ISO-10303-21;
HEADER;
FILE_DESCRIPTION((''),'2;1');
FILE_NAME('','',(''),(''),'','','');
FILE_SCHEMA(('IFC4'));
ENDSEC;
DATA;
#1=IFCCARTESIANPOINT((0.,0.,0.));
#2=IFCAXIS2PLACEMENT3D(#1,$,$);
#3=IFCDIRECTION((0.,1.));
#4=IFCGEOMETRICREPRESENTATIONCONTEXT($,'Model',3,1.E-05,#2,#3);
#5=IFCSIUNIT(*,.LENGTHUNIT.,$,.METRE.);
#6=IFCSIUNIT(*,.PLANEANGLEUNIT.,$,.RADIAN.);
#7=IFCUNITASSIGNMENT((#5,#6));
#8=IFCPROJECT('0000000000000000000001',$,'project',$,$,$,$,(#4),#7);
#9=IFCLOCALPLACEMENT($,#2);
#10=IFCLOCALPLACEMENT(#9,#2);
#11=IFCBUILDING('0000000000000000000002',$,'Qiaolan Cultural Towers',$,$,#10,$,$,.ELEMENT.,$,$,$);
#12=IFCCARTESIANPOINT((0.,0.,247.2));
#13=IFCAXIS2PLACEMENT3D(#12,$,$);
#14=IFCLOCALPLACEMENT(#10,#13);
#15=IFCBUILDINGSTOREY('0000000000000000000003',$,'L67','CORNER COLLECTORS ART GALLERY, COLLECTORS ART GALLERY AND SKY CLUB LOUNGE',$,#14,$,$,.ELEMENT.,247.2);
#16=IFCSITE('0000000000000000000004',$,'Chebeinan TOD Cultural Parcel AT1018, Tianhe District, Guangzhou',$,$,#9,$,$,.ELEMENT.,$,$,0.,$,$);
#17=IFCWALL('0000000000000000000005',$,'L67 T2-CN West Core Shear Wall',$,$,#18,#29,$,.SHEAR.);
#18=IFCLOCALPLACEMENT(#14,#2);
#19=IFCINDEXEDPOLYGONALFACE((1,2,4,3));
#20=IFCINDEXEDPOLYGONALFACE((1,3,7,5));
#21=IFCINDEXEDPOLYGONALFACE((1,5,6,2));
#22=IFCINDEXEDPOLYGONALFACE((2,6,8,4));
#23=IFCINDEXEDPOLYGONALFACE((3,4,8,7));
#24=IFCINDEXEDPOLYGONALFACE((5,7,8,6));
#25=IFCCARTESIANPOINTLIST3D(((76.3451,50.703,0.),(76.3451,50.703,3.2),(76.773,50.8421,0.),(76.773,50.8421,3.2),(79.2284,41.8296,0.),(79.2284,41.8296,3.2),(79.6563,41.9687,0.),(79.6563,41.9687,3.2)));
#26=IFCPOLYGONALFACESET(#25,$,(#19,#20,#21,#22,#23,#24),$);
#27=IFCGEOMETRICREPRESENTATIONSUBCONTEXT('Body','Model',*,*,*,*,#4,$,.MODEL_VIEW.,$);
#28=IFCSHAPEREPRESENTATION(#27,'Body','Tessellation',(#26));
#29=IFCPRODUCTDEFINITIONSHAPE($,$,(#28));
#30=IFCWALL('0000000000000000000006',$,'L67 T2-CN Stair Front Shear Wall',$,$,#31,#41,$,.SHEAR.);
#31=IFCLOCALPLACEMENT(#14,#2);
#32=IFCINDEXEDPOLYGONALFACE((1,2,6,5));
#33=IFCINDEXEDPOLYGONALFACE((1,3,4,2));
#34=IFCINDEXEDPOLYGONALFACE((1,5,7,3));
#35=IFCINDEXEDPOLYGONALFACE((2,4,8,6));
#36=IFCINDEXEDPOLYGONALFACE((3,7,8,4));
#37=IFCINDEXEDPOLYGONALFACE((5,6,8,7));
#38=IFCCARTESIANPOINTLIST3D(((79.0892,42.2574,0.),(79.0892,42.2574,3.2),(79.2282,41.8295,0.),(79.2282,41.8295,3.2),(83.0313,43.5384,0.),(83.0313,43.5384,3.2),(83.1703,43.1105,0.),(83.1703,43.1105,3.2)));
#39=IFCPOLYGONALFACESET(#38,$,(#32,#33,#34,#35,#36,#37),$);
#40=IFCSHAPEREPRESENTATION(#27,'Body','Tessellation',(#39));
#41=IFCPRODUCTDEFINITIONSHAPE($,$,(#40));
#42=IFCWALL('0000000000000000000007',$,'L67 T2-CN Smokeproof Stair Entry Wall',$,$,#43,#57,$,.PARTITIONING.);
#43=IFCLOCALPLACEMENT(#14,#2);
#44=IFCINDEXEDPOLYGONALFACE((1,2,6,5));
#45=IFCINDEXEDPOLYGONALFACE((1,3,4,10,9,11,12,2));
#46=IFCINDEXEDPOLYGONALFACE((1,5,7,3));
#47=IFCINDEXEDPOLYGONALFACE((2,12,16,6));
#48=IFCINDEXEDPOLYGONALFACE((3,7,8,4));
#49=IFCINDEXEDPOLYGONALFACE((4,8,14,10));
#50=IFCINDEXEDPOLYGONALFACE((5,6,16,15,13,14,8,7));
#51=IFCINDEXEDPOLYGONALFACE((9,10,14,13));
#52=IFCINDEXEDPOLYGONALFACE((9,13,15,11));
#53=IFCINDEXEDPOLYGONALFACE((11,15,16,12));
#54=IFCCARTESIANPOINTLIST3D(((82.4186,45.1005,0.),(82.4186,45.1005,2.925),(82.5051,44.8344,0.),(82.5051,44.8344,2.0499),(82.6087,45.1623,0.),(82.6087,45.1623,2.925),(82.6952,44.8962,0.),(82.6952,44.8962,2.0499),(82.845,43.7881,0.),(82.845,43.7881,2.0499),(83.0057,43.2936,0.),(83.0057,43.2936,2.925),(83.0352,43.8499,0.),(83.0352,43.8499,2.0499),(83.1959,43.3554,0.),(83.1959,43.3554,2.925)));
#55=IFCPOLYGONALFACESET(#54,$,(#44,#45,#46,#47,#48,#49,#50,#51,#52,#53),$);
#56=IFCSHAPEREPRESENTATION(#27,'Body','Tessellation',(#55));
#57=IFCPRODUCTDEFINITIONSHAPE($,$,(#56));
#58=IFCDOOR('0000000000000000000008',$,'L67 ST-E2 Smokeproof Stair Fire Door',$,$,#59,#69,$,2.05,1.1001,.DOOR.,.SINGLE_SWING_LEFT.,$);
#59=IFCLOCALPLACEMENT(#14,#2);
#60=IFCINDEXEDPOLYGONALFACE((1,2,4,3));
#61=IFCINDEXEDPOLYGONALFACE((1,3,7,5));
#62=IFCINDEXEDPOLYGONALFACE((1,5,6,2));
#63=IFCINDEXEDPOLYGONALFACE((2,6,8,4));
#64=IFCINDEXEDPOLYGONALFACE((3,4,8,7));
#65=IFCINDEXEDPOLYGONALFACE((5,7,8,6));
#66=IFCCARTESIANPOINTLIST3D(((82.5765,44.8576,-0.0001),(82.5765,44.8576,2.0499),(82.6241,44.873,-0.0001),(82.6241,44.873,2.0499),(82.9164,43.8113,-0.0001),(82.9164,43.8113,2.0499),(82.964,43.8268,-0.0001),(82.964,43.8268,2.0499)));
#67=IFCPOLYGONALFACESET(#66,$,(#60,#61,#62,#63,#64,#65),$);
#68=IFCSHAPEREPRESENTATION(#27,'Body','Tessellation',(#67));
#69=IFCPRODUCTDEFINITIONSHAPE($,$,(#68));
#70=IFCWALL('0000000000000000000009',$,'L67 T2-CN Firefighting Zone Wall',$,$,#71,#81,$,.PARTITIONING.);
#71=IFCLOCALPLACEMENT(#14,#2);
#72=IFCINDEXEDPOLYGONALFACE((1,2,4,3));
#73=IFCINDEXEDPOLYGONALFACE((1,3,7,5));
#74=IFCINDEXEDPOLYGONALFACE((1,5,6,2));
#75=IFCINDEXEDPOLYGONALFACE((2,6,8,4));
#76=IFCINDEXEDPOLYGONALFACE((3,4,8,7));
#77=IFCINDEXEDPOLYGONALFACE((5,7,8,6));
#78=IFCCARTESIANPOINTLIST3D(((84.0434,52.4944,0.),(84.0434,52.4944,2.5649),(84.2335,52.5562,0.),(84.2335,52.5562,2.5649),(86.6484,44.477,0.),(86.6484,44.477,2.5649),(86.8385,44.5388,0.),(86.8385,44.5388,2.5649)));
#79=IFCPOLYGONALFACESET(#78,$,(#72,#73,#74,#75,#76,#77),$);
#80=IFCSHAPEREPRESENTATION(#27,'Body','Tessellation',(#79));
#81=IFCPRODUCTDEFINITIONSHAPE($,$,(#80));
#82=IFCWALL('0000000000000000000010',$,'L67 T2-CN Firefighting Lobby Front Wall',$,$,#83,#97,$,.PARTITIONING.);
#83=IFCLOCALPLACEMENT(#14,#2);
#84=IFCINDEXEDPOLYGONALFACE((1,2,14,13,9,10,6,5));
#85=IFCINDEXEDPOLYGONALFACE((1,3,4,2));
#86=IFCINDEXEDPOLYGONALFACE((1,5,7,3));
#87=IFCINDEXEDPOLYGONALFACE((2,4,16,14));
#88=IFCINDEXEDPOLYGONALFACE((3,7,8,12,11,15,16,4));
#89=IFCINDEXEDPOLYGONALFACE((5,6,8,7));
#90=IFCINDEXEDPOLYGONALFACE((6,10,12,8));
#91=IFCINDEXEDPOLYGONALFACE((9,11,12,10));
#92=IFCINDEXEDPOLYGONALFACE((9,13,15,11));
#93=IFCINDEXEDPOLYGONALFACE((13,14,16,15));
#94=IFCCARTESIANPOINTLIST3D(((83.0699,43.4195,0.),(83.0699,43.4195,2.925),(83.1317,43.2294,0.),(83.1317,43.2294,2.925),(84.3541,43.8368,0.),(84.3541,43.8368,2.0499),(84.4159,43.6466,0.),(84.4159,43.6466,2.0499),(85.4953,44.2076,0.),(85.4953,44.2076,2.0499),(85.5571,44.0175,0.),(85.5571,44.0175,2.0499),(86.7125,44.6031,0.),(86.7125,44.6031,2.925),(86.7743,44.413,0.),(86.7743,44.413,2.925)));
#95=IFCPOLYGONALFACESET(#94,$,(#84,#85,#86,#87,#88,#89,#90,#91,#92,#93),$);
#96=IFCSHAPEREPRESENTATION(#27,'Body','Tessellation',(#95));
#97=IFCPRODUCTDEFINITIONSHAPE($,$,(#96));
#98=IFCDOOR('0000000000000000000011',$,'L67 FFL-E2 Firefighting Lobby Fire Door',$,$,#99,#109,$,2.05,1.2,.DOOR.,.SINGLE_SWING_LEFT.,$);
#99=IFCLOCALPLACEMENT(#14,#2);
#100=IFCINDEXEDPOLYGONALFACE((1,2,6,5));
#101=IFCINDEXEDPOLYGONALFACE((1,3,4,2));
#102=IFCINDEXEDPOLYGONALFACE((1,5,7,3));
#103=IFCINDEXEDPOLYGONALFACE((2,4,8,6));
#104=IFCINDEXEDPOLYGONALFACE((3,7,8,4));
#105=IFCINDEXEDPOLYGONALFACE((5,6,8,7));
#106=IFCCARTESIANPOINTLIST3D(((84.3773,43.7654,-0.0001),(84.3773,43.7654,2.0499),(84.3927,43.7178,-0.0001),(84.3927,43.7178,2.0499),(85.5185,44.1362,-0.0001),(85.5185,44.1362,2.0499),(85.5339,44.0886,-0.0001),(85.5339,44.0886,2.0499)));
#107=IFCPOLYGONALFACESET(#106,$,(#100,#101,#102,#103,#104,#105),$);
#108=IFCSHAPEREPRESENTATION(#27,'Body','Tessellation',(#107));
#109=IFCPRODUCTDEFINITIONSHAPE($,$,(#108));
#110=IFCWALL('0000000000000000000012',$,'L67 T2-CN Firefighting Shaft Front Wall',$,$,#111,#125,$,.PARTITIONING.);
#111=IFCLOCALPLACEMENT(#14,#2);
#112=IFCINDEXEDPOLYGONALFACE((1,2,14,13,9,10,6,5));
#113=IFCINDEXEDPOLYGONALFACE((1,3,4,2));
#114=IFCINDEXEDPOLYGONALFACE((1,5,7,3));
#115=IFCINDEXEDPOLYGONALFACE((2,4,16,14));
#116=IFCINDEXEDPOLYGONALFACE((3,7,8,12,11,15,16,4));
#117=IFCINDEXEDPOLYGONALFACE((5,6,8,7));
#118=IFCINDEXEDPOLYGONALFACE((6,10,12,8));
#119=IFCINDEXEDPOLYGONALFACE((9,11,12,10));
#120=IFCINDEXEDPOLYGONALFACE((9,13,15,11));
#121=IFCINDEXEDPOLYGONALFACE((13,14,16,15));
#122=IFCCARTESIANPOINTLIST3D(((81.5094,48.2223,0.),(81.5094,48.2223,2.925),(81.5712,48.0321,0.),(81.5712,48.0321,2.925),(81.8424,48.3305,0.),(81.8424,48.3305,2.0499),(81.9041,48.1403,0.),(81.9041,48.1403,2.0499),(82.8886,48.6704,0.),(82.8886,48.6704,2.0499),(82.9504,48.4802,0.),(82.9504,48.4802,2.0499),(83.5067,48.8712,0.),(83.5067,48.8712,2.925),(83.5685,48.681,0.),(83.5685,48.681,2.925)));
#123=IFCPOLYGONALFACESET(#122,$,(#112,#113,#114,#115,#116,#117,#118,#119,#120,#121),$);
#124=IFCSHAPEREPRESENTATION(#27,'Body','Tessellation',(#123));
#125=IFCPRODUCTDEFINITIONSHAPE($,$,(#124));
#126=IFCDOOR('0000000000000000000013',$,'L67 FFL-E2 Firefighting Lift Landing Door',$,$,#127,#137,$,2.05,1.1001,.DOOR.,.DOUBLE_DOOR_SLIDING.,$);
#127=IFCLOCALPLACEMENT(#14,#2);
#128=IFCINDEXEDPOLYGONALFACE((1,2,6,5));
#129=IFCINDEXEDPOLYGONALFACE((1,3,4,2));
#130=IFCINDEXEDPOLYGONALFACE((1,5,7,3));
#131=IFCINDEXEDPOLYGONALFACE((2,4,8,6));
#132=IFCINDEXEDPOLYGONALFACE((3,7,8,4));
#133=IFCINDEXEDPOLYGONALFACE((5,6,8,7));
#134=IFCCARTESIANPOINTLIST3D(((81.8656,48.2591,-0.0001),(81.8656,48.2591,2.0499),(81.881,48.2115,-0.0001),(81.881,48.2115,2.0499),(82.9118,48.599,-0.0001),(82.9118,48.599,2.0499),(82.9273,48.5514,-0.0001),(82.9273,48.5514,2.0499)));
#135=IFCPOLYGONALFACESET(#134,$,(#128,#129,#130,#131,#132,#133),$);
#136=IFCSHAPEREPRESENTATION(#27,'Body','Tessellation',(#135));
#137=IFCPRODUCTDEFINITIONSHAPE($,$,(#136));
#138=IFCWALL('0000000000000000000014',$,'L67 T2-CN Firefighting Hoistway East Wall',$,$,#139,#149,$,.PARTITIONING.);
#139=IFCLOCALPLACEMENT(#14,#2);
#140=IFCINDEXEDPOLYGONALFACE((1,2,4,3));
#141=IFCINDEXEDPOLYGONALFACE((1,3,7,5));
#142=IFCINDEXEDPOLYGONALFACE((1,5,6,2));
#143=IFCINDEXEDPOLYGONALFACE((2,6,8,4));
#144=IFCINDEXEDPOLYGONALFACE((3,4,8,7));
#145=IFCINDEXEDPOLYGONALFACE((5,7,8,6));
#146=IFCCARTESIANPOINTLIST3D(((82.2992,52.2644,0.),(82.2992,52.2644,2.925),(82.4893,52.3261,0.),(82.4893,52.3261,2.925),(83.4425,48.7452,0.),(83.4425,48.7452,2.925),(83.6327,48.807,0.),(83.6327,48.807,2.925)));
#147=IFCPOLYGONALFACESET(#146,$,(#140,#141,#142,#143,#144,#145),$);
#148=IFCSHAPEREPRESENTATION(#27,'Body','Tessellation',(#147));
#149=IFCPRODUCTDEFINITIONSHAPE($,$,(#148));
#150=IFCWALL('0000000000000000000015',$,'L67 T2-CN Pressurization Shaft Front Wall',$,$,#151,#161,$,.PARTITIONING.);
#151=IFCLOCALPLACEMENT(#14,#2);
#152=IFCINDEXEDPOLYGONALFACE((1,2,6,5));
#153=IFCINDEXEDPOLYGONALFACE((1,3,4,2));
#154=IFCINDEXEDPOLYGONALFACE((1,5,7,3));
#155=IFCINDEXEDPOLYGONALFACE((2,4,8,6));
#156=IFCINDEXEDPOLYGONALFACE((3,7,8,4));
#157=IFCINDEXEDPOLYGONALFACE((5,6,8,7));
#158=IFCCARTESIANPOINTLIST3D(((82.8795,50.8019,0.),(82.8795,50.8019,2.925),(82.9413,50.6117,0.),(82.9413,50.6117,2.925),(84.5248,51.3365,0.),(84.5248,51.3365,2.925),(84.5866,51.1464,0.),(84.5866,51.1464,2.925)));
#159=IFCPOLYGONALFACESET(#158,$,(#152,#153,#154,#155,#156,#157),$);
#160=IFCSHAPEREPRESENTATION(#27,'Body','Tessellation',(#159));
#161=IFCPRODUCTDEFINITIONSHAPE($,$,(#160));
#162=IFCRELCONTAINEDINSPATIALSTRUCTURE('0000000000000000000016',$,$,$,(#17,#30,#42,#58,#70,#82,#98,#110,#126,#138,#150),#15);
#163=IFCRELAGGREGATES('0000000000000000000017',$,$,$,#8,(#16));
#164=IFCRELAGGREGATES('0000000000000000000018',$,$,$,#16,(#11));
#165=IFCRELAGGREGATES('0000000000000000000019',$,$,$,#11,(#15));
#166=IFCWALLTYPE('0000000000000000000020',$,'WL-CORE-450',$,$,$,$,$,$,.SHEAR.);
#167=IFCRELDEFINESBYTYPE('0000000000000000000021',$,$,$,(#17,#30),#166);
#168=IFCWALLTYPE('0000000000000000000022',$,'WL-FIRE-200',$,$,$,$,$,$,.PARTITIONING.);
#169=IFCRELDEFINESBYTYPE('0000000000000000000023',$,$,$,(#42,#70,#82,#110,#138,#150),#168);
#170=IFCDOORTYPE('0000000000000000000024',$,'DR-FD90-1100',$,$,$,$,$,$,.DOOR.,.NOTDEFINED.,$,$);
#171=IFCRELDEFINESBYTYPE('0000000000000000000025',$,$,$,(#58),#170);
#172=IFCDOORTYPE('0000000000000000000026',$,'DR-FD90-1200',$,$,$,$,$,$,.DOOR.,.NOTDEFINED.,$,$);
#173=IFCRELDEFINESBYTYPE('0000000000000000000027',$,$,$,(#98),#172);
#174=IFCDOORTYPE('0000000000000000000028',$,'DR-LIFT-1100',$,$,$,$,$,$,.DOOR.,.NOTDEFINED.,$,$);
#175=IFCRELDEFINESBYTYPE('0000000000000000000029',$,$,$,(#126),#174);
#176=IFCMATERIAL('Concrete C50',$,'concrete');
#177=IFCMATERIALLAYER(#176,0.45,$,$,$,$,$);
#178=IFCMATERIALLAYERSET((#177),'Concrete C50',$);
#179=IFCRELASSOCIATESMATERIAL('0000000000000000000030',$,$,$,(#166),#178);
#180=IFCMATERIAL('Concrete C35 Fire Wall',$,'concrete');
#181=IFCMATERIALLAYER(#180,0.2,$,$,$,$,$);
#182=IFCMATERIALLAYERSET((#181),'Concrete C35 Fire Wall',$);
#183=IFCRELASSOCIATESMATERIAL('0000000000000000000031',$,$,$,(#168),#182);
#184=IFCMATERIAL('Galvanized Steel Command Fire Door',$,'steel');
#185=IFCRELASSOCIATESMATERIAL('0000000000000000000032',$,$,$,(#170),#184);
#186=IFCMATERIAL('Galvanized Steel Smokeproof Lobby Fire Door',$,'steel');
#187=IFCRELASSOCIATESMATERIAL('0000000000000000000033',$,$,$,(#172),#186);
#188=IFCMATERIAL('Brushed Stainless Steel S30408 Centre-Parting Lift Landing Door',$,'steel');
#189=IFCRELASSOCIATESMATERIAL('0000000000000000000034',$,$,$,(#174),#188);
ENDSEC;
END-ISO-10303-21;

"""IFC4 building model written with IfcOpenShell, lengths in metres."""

from ifc_helpers import new_model, si_unit, direction, frame, frame_2d, origin, place, context, subcontext, project, spatial, rectangle, extrude, material, layer, layer_set, type_object, element, fill, save


model = new_model("IFC4")

# Units and contexts
model_context = context("Model", 3, precision=1e-05, world=origin(), true_north=direction((0.0, 1.0)))
body_context = subcontext(model_context, "Body", "Model", "MODEL_VIEW")
ifc_project = project(units=[si_unit("LENGTHUNIT", "METRE"), si_unit("PLANEANGLEUNIT", "RADIAN")], contexts=[model_context])

# Site, building, storey
site_placement = place(None, origin())
site = spatial("IfcSite", under=ifc_project, at=site_placement, Name="Chebeinan TOD Cultural Parcel AT1018, Tianhe District, Guangzhou", CompositionType="ELEMENT", RefElevation=0.0)
building_placement = place(site_placement, origin())
building = spatial("IfcBuilding", under=site, at=building_placement, Name="Qiaolan Cultural Towers", CompositionType="ELEMENT")
storey_placement = place(building_placement, frame((0.0, 0.0, 247.2)))
storey = spatial("IfcBuildingStorey", under=building, at=storey_placement, Name="L67", Description="CORNER COLLECTORS ART GALLERY, COLLECTORS ART GALLERY AND SKY CLUB LOUNGE", CompositionType="ELEMENT", Elevation=247.2)

# Walls
ifc_material_1 = material(Name="Concrete C50", Category="concrete")
ifc_layer_1 = layer(ifc_material_1, 0.45)
ifc_layer_set_1 = layer_set([ifc_layer_1], Name="Concrete C50")
wall_type_1 = type_object("IfcWallType", Name="WL-CORE-450", PredefinedType="SHEAR", material=ifc_layer_set_1)
wall_1_placement = place(storey_placement, frame((79.4424, 41.8992, 0.0), z_axis=(0.0, 0.0, 1.0), x_axis=(-0.309036, 0.95105, 0.0)))
element("IfcWall", 1, at=wall_1_placement, inside=storey, type_object=wall_type_1, Name="L67 T2-CN West Core Shear Wall", PredefinedType="SHEAR", context=body_context, shape_type="SweptSolid", body=[
    extrude(rectangle(XDim=9.3301, YDim=0.45, at=frame_2d((4.665, 0.0))), origin(), (0.0, 0.0, 1.0), 3.2),
])
wall_2_placement = place(storey_placement, frame((79.1587, 42.0435, 0.0), z_axis=(0.0, 0.0, 1.0), x_axis=(0.951047, 0.309045, 0.0)))
element("IfcWall", 2, at=wall_2_placement, inside=storey, type_object=wall_type_1, Name="L67 T2-CN Stair Front Shear Wall", PredefinedType="SHEAR", context=body_context, shape_type="SweptSolid", body=[
    extrude(rectangle(XDim=4.145, YDim=0.45, at=frame_2d((2.0725, 0.0))), origin(), (0.0, 0.0, 1.0), 3.2),
])

# Wall, opening, door
ifc_material_2 = material(Name="Concrete C35 Fire Wall", Category="concrete")
ifc_layer_2 = layer(ifc_material_2, 0.2)
ifc_layer_set_2 = layer_set([ifc_layer_2], Name="Concrete C35 Fire Wall")
wall_type_2 = type_object("IfcWallType", Name="WL-FIRE-200", PredefinedType="PARTITIONING", material=ifc_layer_set_2)
wall_3_placement = place(storey_placement, frame((83.1008, 43.3245, 0.0), z_axis=(0.0, 0.0, 1.0), x_axis=(-0.309048, 0.951046, 0.0)))
wall_3 = element("IfcWall", 3, at=wall_3_placement, inside=storey, type_object=wall_type_2, Name="L67 T2-CN Smokeproof Stair Entry Wall", PredefinedType="PARTITIONING", context=body_context, shape_type="SweptSolid", body=[
    extrude(rectangle(XDim=1.8999, YDim=0.2, at=frame_2d((0.95, 0.0))), origin(), (0.0, 0.0, 1.0), 2.925),
])
opening_1_placement = place(wall_3_placement, frame((0.52, 0.0, 0.0)))
opening_1 = element("IfcOpeningElement", 4, at=opening_1_placement, cuts=wall_3, PredefinedType="OPENING", context=body_context, shape_type="SweptSolid", body=[
    extrude(rectangle(XDim=1.1001, YDim=2.05, at=frame_2d((0.55, 1.0249))), frame((0.0, 0.1099, 0.0), z_axis=(0.0, -1.0, 0.0), x_axis=(1.0, 0.0, 0.0)), (0.0, 0.0, 1.0), 0.22),
])
ifc_material_3 = material(Name="Galvanized Steel Command Fire Door", Category="steel")
door_type_1 = type_object("IfcDoorType", Name="DR-FD90-1100", OperationType="NOTDEFINED", PredefinedType="DOOR", material=ifc_material_3)
door_1_placement = place(opening_1_placement, origin())
door_1 = element("IfcDoor", 5, at=door_1_placement, inside=storey, type_object=door_type_1, Name="L67 ST-E2 Smokeproof Stair Fire Door", OperationType="SINGLE_SWING_LEFT", OverallHeight=2.05, OverallWidth=1.1001, PredefinedType="DOOR", context=body_context, shape_type="SweptSolid", body=[
    extrude(rectangle(XDim=1.1001, YDim=2.05, at=frame_2d((0.55, 1.0249))), frame((0.0, 0.0249, 0.0), z_axis=(0.0, -1.0, 0.0), x_axis=(1.0, 0.0, 0.0)), (0.0, 0.0, 1.0), 0.05),
])
fill(opening_1, door_1)

# Wall
wall_4_placement = place(storey_placement, frame((86.7434, 44.5081, 0.0), z_axis=(0.0, 0.0, 1.0), x_axis=(-0.309016, 0.951057, 0.0)))
element("IfcWall", 6, at=wall_4_placement, inside=storey, type_object=wall_type_2, Name="L67 T2-CN Firefighting Zone Wall", PredefinedType="PARTITIONING", context=body_context, shape_type="SweptSolid", body=[
    extrude(rectangle(XDim=8.4299, YDim=0.2, at=frame_2d((4.2148, 0.0))), origin(), (0.0, 0.0, 1.0), 2.5649),
])

# Walls, openings, doors
wall_5_placement = place(storey_placement, frame((83.1008, 43.3245, 0.0), z_axis=(0.0, 0.0, 1.0), x_axis=(0.951053, 0.309028, 0.0)))
wall_5 = element("IfcWall", 7, at=wall_5_placement, inside=storey, type_object=wall_type_2, Name="L67 T2-CN Firefighting Lobby Front Wall", PredefinedType="PARTITIONING", context=body_context, shape_type="SweptSolid", body=[
    extrude(rectangle(XDim=3.8301, YDim=0.2, at=frame_2d((1.915, 0.0))), origin(), (0.0, 0.0, 1.0), 2.925),
])
opening_2_placement = place(wall_5_placement, frame((1.3501, 0.0, 0.0)))
opening_2 = element("IfcOpeningElement", 8, at=opening_2_placement, cuts=wall_5, PredefinedType="OPENING", context=body_context, shape_type="SweptSolid", body=[
    extrude(rectangle(XDim=1.2, YDim=2.05, at=frame_2d((0.6001, 1.0249))), frame((0.0, 0.1099, 0.0), z_axis=(0.0, -1.0, 0.0), x_axis=(1.0, 0.0, 0.0)), (0.0, 0.0, 1.0), 0.22),
])
ifc_material_4 = material(Name="Galvanized Steel Smokeproof Lobby Fire Door", Category="steel")
door_type_2 = type_object("IfcDoorType", Name="DR-FD90-1200", OperationType="NOTDEFINED", PredefinedType="DOOR", material=ifc_material_4)
door_2_placement = place(opening_2_placement, origin())
door_2 = element("IfcDoor", 9, at=door_2_placement, inside=storey, type_object=door_type_2, Name="L67 FFL-E2 Firefighting Lobby Fire Door", OperationType="SINGLE_SWING_LEFT", OverallHeight=2.05, OverallWidth=1.2, PredefinedType="DOOR", context=body_context, shape_type="SweptSolid", body=[
    extrude(rectangle(XDim=1.2, YDim=2.05, at=frame_2d((0.6001, 1.0249))), frame((0.0, 0.0249, 0.0), z_axis=(0.0, -1.0, 0.0), x_axis=(1.0, 0.0, 0.0)), (0.0, 0.0, 1.0), 0.05),
])
fill(opening_2, door_2)
wall_6_placement = place(storey_placement, frame((81.5403, 48.1272, 0.0), z_axis=(0.0, 0.0, 1.0), x_axis=(0.951062, 0.308999, 0.0)))
wall_6 = element("IfcWall", 10, at=wall_6_placement, inside=storey, type_object=wall_type_2, Name="L67 T2-CN Firefighting Shaft Front Wall", PredefinedType="PARTITIONING", context=body_context, shape_type="SweptSolid", body=[
    extrude(rectangle(XDim=2.1001, YDim=0.2, at=frame_2d((1.05, 0.0))), origin(), (0.0, 0.0, 1.0), 2.925),
])
opening_3_placement = place(wall_6_placement, frame((0.3501, 0.0, 0.0)))
opening_3 = element("IfcOpeningElement", 11, at=opening_3_placement, cuts=wall_6, PredefinedType="OPENING", context=body_context, shape_type="SweptSolid", body=[
    extrude(rectangle(XDim=1.1001, YDim=2.05, at=frame_2d((0.55, 1.0249))), frame((0.0, 0.1099, 0.0), z_axis=(0.0, -1.0, 0.0), x_axis=(1.0, 0.0, 0.0)), (0.0, 0.0, 1.0), 0.22),
])
ifc_material_5 = material(Name="Brushed Stainless Steel S30408 Centre-Parting Lift Landing Door", Category="steel")
door_type_3 = type_object("IfcDoorType", Name="DR-LIFT-1100", OperationType="NOTDEFINED", PredefinedType="DOOR", material=ifc_material_5)
door_3_placement = place(opening_3_placement, origin())
door_3 = element("IfcDoor", 12, at=door_3_placement, inside=storey, type_object=door_type_3, Name="L67 FFL-E2 Firefighting Lift Landing Door", OperationType="DOUBLE_DOOR_SLIDING", OverallHeight=2.05, OverallWidth=1.1001, PredefinedType="DOOR", context=body_context, shape_type="SweptSolid", body=[
    extrude(rectangle(XDim=1.1001, YDim=2.05, at=frame_2d((0.55, 1.0249))), frame((0.0, 0.0249, 0.0), z_axis=(0.0, -1.0, 0.0), x_axis=(1.0, 0.0, 0.0)), (0.0, 0.0, 1.0), 0.05),
])
fill(opening_3, door_3)

# Walls
wall_7_placement = place(storey_placement, frame((83.5376, 48.7761, 0.0), z_axis=(0.0, 0.0, 1.0), x_axis=(-0.308994, 0.951064, 0.0)))
element("IfcWall", 13, at=wall_7_placement, inside=storey, type_object=wall_type_2, Name="L67 T2-CN Firefighting Hoistway East Wall", PredefinedType="PARTITIONING", context=body_context, shape_type="SweptSolid", body=[
    extrude(rectangle(XDim=3.7002, YDim=0.2, at=frame_2d((1.8501, 0.0))), origin(), (0.0, 0.0, 1.0), 2.925),
])
wall_8_placement = place(storey_placement, frame((82.9104, 50.7068, 0.0), z_axis=(0.0, 0.0, 1.0), x_axis=(0.951041, 0.309064, 0.0)))
element("IfcWall", 14, at=wall_8_placement, inside=storey, type_object=wall_type_2, Name="L67 T2-CN Pressurization Shaft Front Wall", PredefinedType="PARTITIONING", context=body_context, shape_type="SweptSolid", body=[
    extrude(rectangle(XDim=1.73, YDim=0.2, at=frame_2d((0.865, 0.0))), origin(), (0.0, 0.0, 1.0), 2.925),
])

save(model, "model.ifc")
